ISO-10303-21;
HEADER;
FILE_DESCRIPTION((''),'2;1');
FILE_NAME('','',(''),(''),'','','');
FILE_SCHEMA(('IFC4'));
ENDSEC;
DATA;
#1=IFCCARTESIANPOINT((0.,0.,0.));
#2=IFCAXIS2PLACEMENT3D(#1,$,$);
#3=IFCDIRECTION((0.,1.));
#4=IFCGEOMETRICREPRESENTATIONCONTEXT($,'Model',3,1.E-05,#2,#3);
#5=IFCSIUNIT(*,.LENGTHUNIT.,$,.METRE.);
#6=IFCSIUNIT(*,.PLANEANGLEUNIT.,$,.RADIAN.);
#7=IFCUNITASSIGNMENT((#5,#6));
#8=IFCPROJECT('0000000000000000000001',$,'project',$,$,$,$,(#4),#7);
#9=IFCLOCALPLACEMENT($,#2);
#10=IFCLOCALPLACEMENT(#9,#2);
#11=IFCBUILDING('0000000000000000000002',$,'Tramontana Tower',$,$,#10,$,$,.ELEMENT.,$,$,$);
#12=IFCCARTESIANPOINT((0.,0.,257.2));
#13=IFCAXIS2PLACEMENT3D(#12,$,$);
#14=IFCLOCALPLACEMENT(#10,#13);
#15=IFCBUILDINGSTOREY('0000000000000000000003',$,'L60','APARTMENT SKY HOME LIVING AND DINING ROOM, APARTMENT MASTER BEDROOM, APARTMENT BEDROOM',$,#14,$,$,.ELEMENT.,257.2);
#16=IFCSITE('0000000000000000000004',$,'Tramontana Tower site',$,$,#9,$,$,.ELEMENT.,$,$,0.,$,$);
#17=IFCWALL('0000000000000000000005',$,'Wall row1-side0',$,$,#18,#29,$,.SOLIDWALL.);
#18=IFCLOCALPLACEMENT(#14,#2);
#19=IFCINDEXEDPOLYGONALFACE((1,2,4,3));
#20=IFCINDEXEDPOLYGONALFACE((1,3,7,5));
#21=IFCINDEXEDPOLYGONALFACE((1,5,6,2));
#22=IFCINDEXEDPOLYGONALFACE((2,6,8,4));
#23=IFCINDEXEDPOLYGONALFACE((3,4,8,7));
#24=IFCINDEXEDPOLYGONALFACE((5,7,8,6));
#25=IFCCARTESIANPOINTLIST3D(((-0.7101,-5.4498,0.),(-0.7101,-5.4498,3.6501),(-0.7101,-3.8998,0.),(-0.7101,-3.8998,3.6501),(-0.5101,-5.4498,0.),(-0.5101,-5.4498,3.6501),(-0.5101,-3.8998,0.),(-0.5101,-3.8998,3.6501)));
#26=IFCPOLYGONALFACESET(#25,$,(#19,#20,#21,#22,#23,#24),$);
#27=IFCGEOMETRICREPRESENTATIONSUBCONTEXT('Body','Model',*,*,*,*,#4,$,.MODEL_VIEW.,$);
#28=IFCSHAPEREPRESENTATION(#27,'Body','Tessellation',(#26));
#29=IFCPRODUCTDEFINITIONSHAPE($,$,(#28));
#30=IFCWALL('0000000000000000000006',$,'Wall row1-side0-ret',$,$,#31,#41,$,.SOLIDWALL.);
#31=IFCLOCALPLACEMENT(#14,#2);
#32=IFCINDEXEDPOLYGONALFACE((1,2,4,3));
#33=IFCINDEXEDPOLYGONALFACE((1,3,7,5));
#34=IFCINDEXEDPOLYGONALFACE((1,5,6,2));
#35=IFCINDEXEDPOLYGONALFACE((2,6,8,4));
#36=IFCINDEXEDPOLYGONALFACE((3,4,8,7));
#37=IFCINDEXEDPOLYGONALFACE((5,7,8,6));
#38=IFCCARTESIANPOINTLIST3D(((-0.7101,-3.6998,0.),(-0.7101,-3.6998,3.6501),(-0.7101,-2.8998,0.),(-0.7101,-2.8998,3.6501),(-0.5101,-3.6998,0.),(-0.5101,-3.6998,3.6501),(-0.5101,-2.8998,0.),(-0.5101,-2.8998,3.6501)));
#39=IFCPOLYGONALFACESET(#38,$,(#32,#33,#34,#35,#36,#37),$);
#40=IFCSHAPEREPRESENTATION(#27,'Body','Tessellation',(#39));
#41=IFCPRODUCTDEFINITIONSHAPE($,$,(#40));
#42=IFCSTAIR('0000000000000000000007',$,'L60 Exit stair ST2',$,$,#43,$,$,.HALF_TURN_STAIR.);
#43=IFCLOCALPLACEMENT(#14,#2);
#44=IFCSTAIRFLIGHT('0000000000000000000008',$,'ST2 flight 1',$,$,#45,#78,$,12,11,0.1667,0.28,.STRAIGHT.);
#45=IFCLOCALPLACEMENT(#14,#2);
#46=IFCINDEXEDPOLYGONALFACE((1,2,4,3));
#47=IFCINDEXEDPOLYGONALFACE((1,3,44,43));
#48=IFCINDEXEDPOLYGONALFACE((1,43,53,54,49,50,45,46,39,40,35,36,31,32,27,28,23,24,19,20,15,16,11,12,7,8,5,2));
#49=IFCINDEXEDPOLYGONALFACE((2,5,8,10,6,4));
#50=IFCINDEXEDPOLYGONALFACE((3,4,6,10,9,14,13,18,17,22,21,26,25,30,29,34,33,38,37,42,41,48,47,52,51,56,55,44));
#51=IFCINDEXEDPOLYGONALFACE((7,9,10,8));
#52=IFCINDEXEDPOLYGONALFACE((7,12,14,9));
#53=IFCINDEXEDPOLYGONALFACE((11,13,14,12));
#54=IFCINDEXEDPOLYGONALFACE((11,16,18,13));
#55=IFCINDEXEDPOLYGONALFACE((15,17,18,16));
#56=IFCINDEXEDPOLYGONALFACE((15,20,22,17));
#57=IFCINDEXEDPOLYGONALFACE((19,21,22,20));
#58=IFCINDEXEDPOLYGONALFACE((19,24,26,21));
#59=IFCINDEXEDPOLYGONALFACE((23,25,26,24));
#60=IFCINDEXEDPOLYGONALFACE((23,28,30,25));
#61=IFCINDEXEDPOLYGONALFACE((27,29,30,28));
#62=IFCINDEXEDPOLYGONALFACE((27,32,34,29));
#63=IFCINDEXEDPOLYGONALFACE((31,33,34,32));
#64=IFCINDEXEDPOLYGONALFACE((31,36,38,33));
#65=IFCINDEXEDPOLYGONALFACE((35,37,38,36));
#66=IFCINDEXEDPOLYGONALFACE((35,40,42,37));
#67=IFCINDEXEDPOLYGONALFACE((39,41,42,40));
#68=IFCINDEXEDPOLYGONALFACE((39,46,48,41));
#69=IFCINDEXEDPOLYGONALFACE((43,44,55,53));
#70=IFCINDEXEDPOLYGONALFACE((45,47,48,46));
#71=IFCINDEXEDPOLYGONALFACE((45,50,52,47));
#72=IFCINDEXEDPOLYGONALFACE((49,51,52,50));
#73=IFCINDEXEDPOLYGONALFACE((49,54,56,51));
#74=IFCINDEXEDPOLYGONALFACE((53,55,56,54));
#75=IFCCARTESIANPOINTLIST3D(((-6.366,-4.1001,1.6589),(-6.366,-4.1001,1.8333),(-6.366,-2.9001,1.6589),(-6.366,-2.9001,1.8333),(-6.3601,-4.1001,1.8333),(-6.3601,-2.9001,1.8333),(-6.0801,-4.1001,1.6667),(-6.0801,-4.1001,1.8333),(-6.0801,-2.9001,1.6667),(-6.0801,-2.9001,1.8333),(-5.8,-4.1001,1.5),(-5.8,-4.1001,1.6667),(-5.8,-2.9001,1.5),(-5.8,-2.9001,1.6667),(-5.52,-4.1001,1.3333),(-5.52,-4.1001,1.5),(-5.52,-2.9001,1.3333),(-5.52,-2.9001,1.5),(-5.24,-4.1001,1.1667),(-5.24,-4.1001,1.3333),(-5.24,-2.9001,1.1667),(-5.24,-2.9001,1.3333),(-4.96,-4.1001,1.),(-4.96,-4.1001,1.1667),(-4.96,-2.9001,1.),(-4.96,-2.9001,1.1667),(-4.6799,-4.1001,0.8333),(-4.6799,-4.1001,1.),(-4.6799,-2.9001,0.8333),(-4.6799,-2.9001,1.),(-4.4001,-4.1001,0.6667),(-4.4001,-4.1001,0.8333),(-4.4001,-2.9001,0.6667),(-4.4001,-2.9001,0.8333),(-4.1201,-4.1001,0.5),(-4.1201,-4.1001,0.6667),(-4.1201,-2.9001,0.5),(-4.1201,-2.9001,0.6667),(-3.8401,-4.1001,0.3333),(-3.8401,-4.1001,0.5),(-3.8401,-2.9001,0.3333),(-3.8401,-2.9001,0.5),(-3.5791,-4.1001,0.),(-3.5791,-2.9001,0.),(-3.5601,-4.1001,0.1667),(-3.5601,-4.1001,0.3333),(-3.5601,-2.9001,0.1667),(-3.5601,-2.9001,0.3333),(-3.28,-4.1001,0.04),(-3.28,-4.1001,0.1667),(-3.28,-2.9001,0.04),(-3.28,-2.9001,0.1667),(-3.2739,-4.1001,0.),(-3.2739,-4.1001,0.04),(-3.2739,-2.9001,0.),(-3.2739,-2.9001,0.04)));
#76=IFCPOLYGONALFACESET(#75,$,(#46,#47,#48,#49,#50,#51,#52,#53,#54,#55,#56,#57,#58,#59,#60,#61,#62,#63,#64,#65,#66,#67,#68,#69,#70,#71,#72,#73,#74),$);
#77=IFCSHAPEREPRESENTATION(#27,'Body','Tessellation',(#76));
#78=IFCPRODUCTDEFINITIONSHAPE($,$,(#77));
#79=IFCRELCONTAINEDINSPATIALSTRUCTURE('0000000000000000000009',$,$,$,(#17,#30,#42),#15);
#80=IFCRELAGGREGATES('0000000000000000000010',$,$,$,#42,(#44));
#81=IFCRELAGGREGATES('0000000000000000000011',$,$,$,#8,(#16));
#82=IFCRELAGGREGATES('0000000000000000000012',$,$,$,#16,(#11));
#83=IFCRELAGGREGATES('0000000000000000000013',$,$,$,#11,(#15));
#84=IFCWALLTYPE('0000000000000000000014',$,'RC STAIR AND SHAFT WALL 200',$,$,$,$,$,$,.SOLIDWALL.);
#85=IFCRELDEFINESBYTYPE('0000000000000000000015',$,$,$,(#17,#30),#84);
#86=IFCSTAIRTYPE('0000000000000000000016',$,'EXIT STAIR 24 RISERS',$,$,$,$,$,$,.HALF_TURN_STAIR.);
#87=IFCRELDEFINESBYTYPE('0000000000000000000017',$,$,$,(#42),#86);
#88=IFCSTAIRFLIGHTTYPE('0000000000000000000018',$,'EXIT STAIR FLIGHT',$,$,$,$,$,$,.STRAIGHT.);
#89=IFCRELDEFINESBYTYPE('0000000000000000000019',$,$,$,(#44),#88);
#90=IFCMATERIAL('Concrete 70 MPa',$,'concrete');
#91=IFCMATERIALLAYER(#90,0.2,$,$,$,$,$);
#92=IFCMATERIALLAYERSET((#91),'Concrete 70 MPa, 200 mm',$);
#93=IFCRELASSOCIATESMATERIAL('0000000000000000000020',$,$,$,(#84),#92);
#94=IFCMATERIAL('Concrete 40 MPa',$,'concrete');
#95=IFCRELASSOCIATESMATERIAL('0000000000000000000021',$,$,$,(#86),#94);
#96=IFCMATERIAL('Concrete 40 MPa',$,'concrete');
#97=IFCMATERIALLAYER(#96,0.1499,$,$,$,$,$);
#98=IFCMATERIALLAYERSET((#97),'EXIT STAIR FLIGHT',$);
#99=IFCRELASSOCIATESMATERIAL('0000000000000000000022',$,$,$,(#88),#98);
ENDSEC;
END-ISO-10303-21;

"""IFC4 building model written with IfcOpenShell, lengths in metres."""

from ifc_helpers import new_model, si_unit, direction, frame, frame_2d, origin, place, context, subcontext, project, spatial, polyline, rectangle, outline, extrude, material, layer, layer_set, type_object, element, aggregate, save


model = new_model("IFC4")

# Units and contexts
model_context = context("Model", 3, precision=1e-05, world=origin(), true_north=direction((0.0, 1.0)))
body_context = subcontext(model_context, "Body", "Model", "MODEL_VIEW")
ifc_project = project(units=[si_unit("LENGTHUNIT", "METRE"), si_unit("PLANEANGLEUNIT", "RADIAN")], contexts=[model_context])

# Site, building, storey
site_placement = place(None, origin())
site = spatial("IfcSite", under=ifc_project, at=site_placement, Name="Tramontana Tower site", CompositionType="ELEMENT", RefElevation=0.0)
building_placement = place(site_placement, origin())
building = spatial("IfcBuilding", under=site, at=building_placement, Name="Tramontana Tower", CompositionType="ELEMENT")
storey_placement = place(building_placement, frame((0.0, 0.0, 257.2)))
storey = spatial("IfcBuildingStorey", under=building, at=storey_placement, Name="L60", Description="APARTMENT SKY HOME LIVING AND DINING ROOM, APARTMENT MASTER BEDROOM, APARTMENT BEDROOM", CompositionType="ELEMENT", Elevation=257.2)

# Shared definitions
ifc_material_1 = material(Name="Concrete 70 MPa", Category="concrete")
ifc_layer_1 = layer(ifc_material_1, 0.2)
ifc_layer_set_1 = layer_set([ifc_layer_1], Name="Concrete 70 MPa, 200 mm")
wall_type_1 = type_object("IfcWallType", Name="RC STAIR AND SHAFT WALL 200", PredefinedType="SOLIDWALL", material=ifc_layer_set_1)

# Walls
wall_1_placement = place(storey_placement, frame((-0.6101, -3.8999, 0.0), z_axis=(0.0, 0.0, 1.0), x_axis=(0.0, -1.0, 0.0)))
element("IfcWall", 1, at=wall_1_placement, inside=storey, type_object=wall_type_1, Name="Wall row1-side0", PredefinedType="SOLIDWALL", context=body_context, shape_type="SweptSolid", body=[
    extrude(rectangle(XDim=1.55, YDim=0.2, at=frame_2d((0.7749, 0.0))), origin(), (0.0, 0.0, 1.0), 3.6501),
])
wall_2_placement = place(storey_placement, frame((-0.6101, -2.8999, 0.0), z_axis=(0.0, 0.0, 1.0), x_axis=(0.0, -1.0, 0.0)))
element("IfcWall", 2, at=wall_2_placement, inside=storey, type_object=wall_type_1, Name="Wall row1-side0-ret", PredefinedType="SOLIDWALL", context=body_context, shape_type="SweptSolid", body=[
    extrude(rectangle(XDim=0.8, YDim=0.2, at=frame_2d((0.3999, 0.0))), origin(), (0.0, 0.0, 1.0), 3.6501),
])

# Stair, stair flight
ifc_material_2 = material(Name="Concrete 40 MPa", Category="concrete")
stair_type = type_object("IfcStairType", Name="EXIT STAIR 24 RISERS", PredefinedType="HALF_TURN_STAIR", material=ifc_material_2)
stair_placement = place(storey_placement, origin())
stair = element("IfcStair", 3, at=stair_placement, inside=storey, type_object=stair_type, Name="L60 Exit stair ST2", PredefinedType="HALF_TURN_STAIR")
ifc_material_3 = material(Name="Concrete 40 MPa", Category="concrete")
ifc_layer_2 = layer(ifc_material_3, 0.1499)
ifc_layer_set_2 = layer_set([ifc_layer_2], Name="EXIT STAIR FLIGHT")
stair_flight_type = type_object("IfcStairFlightType", Name="EXIT STAIR FLIGHT", PredefinedType="STRAIGHT", material=ifc_layer_set_2)
stair_flight_placement = place(storey_placement, frame((-3.28, -3.5, 0.0), z_axis=(0.0, 0.0, 1.0), x_axis=(-1.0, 0.0, 0.0)))
stair_flight = element("IfcStairFlight", 4, at=stair_flight_placement, type_object=stair_flight_type, Name="ST2 flight 1", NumberOfRisers=12, NumberOfTreads=11, PredefinedType="STRAIGHT", RiserHeight=0.1667, TreadLength=0.28, context=body_context, shape_type="SweptSolid", body=[
    extrude(outline(polyline([(-0.0061, 0.0), (-0.0061, 0.04), (0.0, 0.04), (0.0, 0.1667), (0.28, 0.1667), (0.28, 0.3333), (0.5601, 0.3333), (0.5601, 0.5), (0.8401, 0.5), (0.8401, 0.6667), (1.1201, 0.6667), (1.1201, 0.8333), (1.3999, 0.8333), (1.3999, 1.0), (1.6799, 1.0), (1.6799, 1.1667), (1.96, 1.1667), (1.96, 1.3333), (2.24, 1.3333), (2.24, 1.5), (2.52, 1.5), (2.52, 1.6667), (2.8, 1.6667), (2.8, 1.8333), (3.0801, 1.8333), (3.0859, 1.8333), (3.0859, 1.6589), (0.2991, 0.0), (-0.0061, 0.0)])), frame((0.0, 0.6001, 0.0), z_axis=(0.0, -1.0, 0.0), x_axis=(1.0, 0.0, 0.0)), (0.0, 0.0, 1.0), 1.2),
])
aggregate(stair, [stair_flight])

save(model, "model.ifc")
